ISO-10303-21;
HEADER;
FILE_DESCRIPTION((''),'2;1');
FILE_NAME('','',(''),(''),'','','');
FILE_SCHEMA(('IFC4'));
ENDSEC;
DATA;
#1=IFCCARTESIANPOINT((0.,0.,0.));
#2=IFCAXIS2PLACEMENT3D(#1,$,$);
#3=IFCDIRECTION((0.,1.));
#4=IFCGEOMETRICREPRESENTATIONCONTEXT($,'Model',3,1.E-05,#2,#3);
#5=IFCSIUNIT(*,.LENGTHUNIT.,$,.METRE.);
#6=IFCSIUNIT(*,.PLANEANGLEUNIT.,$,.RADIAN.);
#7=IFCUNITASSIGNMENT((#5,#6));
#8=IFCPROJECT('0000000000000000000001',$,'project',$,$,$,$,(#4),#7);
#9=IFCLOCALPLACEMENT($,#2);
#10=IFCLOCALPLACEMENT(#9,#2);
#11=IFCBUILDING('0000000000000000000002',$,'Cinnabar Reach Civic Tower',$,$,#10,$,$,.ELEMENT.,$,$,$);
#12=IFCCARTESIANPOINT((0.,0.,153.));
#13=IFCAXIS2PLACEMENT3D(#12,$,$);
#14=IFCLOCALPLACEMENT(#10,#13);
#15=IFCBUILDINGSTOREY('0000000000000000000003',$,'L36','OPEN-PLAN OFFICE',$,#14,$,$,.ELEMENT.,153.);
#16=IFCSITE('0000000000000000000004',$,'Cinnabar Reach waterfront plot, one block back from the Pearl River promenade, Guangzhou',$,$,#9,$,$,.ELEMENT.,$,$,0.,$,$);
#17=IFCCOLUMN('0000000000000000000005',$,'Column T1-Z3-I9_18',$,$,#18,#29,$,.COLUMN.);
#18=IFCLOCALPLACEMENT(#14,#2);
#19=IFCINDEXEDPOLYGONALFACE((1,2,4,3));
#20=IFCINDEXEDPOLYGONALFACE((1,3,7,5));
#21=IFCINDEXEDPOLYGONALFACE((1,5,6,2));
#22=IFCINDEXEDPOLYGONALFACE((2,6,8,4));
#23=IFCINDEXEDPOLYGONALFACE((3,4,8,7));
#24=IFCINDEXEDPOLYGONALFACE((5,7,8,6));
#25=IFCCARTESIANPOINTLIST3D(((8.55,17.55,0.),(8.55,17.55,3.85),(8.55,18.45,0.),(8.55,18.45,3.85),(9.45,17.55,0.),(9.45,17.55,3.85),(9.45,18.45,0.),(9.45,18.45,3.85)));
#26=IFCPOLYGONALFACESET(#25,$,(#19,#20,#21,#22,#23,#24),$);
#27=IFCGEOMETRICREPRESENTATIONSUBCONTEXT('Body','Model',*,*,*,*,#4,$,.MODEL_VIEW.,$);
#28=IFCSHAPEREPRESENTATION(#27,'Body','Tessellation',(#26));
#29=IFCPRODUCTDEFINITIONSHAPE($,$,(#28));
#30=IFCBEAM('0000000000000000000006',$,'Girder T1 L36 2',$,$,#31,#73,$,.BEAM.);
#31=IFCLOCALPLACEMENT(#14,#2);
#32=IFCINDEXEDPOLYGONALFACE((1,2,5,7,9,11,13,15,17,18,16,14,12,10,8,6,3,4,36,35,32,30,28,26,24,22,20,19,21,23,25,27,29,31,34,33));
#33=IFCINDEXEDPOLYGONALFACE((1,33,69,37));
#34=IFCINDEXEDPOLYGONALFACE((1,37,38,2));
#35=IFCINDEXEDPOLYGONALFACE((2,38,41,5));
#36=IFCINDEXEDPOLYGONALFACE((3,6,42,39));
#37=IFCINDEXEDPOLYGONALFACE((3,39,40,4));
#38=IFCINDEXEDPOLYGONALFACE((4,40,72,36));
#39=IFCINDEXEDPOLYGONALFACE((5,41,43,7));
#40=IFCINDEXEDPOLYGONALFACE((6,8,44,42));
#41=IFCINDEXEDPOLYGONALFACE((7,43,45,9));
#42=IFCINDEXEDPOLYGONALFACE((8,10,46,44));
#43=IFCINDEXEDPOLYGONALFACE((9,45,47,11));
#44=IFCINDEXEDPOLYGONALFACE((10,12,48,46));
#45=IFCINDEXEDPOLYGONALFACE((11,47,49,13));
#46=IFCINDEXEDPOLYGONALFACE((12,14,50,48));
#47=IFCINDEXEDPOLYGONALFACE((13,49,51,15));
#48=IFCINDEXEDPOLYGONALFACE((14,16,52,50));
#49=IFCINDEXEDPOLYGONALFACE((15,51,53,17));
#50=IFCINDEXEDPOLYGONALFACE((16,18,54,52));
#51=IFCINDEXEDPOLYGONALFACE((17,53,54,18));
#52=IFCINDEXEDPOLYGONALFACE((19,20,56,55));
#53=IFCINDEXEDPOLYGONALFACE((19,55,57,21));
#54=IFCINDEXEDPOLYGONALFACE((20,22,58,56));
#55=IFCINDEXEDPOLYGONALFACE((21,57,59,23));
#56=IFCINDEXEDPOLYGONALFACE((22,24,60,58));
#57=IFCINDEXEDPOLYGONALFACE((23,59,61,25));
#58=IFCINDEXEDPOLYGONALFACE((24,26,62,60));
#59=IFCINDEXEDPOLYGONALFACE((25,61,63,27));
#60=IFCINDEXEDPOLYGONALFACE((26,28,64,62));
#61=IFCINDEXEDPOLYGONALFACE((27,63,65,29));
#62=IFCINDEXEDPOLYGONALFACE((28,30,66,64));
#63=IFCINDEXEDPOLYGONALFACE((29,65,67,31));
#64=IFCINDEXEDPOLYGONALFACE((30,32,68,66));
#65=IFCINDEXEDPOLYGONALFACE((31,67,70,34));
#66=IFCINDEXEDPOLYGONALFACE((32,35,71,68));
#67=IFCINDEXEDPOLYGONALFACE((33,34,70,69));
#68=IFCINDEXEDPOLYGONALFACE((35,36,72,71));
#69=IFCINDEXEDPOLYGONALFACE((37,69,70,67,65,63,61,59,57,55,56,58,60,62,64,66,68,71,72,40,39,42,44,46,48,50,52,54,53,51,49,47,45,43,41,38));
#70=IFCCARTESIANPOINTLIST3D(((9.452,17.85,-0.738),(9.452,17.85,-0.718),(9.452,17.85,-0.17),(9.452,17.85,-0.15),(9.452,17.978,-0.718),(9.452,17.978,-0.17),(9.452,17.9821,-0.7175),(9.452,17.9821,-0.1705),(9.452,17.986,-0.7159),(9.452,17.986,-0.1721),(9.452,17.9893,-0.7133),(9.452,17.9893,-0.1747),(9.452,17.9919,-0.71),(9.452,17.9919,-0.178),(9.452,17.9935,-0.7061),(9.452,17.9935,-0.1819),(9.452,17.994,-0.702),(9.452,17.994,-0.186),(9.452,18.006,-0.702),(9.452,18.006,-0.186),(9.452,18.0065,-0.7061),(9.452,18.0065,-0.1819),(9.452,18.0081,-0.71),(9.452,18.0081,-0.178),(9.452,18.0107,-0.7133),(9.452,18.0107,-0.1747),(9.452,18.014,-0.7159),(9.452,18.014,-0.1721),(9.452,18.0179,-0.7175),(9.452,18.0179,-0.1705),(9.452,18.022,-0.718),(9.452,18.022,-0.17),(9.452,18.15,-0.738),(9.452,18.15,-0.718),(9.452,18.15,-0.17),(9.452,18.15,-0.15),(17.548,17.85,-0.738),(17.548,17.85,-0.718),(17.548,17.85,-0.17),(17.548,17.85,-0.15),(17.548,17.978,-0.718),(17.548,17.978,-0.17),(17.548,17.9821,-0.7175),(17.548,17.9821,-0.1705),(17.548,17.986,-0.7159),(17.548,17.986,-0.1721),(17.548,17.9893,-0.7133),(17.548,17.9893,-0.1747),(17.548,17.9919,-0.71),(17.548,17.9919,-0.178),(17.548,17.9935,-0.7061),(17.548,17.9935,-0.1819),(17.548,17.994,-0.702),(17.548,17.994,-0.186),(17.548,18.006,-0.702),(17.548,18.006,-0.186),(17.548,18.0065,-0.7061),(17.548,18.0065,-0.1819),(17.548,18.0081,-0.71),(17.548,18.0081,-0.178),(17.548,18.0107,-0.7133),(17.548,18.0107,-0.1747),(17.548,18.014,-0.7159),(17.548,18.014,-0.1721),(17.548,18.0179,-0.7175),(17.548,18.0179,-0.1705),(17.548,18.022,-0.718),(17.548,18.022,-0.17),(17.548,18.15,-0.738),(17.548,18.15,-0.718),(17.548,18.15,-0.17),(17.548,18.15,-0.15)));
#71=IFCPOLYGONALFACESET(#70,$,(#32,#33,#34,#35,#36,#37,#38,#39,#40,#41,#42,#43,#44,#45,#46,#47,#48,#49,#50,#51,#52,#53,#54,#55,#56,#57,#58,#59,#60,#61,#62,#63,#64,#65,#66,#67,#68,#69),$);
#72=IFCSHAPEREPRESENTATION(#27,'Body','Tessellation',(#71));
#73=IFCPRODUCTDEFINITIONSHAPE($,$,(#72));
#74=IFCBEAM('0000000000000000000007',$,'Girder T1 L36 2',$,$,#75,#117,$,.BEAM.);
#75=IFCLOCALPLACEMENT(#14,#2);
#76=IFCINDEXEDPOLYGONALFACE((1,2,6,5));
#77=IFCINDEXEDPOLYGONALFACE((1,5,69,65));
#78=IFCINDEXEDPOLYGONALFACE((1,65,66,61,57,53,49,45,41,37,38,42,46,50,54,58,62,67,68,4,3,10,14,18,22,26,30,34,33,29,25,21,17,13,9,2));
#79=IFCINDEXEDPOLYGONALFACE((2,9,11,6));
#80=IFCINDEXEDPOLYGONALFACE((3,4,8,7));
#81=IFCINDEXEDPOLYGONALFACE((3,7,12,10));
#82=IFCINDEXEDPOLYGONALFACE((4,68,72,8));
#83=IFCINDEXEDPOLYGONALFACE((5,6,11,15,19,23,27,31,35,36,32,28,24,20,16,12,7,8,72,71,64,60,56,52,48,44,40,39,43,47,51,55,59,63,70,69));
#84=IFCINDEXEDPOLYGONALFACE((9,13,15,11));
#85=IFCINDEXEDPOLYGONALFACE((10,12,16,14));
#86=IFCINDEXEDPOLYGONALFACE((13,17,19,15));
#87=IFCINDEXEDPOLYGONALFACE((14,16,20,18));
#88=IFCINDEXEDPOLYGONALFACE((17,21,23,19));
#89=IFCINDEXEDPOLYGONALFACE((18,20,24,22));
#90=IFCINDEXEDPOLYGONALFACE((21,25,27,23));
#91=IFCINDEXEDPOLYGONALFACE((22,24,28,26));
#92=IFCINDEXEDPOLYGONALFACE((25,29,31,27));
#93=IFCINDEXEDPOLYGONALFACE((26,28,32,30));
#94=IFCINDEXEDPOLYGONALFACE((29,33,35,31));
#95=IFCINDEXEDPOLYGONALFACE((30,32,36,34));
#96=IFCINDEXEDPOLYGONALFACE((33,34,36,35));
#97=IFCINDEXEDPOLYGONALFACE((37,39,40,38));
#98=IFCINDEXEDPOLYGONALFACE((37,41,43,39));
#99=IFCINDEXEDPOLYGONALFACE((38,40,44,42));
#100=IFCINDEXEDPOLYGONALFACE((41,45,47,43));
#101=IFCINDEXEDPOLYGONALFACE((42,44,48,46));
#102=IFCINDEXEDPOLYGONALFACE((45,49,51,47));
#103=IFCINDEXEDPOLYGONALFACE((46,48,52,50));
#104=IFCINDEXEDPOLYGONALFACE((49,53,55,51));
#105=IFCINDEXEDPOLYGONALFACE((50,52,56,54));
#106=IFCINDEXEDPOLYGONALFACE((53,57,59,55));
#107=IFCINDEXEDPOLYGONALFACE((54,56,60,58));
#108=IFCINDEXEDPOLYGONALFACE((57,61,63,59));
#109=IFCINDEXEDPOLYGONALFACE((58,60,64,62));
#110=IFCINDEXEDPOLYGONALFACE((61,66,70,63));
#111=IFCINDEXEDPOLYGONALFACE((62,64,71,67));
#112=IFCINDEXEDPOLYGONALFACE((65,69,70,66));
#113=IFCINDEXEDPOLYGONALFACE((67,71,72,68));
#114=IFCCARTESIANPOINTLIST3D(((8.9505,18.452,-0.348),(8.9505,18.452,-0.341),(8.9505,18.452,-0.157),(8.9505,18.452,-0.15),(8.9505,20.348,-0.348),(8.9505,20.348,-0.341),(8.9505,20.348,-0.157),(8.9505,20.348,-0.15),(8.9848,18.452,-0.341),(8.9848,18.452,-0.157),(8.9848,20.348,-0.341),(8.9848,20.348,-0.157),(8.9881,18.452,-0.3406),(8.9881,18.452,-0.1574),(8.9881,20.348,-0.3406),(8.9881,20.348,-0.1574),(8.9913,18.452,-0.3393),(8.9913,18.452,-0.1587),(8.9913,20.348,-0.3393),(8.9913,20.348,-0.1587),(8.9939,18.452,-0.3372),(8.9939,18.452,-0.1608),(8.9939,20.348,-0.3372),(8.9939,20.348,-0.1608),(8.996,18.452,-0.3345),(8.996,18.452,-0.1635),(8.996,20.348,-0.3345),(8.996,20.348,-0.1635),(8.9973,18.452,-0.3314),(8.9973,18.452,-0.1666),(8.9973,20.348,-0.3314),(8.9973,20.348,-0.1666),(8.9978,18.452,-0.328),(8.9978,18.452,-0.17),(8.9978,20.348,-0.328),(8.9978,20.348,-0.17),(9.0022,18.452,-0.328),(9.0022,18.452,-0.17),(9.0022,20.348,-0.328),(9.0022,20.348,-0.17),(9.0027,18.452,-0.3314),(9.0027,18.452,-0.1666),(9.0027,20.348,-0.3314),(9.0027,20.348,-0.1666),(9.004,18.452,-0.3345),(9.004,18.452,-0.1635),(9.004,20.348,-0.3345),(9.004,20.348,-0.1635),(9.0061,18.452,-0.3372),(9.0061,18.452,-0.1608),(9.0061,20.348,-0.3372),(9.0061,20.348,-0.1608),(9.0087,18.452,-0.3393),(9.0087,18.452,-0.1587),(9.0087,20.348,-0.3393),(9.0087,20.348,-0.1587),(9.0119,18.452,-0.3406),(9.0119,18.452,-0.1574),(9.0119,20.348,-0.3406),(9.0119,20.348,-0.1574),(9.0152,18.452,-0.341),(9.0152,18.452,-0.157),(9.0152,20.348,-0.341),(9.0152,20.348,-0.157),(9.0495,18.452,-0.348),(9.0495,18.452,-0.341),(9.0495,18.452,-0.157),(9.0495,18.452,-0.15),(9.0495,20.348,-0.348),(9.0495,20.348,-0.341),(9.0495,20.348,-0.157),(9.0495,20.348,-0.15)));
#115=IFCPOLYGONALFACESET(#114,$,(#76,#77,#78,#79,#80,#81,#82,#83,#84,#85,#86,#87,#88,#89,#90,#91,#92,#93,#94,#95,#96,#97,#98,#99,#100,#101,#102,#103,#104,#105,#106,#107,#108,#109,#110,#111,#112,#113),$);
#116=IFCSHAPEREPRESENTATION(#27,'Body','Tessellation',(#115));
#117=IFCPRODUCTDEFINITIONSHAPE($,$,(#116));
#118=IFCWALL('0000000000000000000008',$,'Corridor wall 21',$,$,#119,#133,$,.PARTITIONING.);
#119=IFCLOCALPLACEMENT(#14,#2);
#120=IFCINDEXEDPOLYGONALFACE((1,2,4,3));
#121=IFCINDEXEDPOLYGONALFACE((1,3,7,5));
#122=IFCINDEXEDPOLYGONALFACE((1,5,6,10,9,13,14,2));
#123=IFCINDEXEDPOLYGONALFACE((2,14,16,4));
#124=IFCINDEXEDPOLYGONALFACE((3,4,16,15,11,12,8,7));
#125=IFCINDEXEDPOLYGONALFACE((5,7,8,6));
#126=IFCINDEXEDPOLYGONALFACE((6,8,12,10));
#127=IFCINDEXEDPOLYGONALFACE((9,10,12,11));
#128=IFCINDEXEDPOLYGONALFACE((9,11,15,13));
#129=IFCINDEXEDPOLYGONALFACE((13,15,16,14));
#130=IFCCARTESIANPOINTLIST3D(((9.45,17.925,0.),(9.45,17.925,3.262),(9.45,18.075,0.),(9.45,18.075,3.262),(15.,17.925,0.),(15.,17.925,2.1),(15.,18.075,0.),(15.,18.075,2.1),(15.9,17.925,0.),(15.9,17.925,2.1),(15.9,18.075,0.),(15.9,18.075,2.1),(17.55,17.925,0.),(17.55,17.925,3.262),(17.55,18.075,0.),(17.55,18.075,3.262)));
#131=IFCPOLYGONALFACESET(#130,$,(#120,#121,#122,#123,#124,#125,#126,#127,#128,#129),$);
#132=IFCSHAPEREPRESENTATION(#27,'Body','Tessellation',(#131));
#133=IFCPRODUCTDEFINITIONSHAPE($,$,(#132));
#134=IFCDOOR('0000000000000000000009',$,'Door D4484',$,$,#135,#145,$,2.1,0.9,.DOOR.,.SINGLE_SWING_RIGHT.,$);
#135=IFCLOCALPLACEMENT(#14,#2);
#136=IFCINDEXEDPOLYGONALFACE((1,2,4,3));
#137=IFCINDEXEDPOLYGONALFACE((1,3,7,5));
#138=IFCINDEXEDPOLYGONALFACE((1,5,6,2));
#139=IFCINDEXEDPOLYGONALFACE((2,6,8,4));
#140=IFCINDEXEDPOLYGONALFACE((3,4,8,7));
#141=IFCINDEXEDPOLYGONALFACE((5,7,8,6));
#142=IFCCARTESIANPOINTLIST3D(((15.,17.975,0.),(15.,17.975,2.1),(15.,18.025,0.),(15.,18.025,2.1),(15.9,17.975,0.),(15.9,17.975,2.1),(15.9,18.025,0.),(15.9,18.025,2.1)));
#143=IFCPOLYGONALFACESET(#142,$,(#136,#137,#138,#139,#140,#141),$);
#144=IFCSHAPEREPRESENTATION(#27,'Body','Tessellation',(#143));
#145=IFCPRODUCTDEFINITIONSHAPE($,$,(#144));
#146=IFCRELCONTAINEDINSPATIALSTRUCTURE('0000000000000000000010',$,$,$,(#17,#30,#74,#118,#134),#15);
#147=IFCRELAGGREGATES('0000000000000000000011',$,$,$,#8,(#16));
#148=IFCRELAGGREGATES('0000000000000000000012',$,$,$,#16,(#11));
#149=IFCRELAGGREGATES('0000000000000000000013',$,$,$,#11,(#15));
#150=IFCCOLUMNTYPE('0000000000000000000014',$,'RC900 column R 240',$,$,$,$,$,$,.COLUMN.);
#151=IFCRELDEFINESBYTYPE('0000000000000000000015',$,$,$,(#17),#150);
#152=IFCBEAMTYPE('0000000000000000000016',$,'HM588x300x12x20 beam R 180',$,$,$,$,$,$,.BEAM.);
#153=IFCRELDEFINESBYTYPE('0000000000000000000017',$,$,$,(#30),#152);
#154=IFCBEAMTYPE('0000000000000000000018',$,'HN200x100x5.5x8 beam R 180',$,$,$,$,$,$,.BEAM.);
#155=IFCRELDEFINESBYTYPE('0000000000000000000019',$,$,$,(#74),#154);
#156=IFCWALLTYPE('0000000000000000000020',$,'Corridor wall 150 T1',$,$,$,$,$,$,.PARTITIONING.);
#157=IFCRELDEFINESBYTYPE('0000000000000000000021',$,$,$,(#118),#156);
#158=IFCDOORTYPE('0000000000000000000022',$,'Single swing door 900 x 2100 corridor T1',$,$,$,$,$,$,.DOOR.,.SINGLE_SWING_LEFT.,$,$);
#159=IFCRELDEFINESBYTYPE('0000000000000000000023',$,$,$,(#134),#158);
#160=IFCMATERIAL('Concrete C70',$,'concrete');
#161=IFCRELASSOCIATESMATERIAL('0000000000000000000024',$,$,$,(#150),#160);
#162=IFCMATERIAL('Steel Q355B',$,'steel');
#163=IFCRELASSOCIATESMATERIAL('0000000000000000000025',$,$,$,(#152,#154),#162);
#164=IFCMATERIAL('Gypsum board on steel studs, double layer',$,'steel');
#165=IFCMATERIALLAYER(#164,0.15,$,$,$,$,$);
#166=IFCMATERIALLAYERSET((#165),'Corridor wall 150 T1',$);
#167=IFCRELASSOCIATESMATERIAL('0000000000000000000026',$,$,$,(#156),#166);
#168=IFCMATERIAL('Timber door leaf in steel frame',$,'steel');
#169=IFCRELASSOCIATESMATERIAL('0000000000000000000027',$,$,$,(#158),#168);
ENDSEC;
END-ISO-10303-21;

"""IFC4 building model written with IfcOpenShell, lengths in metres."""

from ifc_helpers import new_model, si_unit, direction, frame, frame_2d, origin, origin_2d, place, context, subcontext, project, spatial, rectangle, i_section, extrude, material, layer, layer_set, material_profile, profile_set, type_object, element, fill, save


model = new_model("IFC4")

# Units and contexts
model_context = context("Model", 3, precision=1e-05, world=origin(), true_north=direction((0.0, 1.0)))
body_context = subcontext(model_context, "Body", "Model", "MODEL_VIEW")
ifc_project = project(units=[si_unit("LENGTHUNIT", "METRE"), si_unit("PLANEANGLEUNIT", "RADIAN")], contexts=[model_context])

# Site, building, storey
site_placement = place(None, origin())
site = spatial("IfcSite", under=ifc_project, at=site_placement, Name="Cinnabar Reach waterfront plot, one block back from the Pearl River promenade, Guangzhou", CompositionType="ELEMENT", RefElevation=0.0)
building_placement = place(site_placement, origin())
building = spatial("IfcBuilding", under=site, at=building_placement, Name="Cinnabar Reach Civic Tower", CompositionType="ELEMENT")
storey_placement = place(building_placement, frame((0.0, 0.0, 153.0)))
storey = spatial("IfcBuildingStorey", under=building, at=storey_placement, Name="L36", Description="OPEN-PLAN OFFICE", CompositionType="ELEMENT", Elevation=153.0)

# Column
ifc_material_1 = material(Name="Concrete C70", Category="concrete")
ifc_material_profile_1 = material_profile(ifc_material_1, rectangle(XDim=0.9, YDim=0.9, at=origin_2d()), Name="RC900")
ifc_profile_set_1 = profile_set([ifc_material_profile_1], Name="Concrete C70")
column_type = type_object("IfcColumnType", Name="RC900 column R 240", PredefinedType="COLUMN", material=ifc_profile_set_1)
column_placement = place(storey_placement, frame((9.0, 18.0, 0.0), z_axis=(0.0, 0.0, 1.0), x_axis=(1.0, 0.0, 0.0)))
element("IfcColumn", 1, at=column_placement, inside=storey, type_object=column_type, Name="Column T1-Z3-I9_18", PredefinedType="COLUMN", context=body_context, shape_type="SweptSolid", body=[
    extrude(rectangle(XDim=0.9, YDim=0.9, at=origin_2d()), origin(), (0.0, 0.0, 1.0), 3.85),
])

# Beams
ifc_material_2 = material(Name="Steel Q355B", Category="steel")
ifc_material_profile_2 = material_profile(ifc_material_2, i_section(OverallWidth=0.3, OverallDepth=0.588, WebThickness=0.012, FlangeThickness=0.02, FilletRadius=0.016, at=origin_2d()), Name="HM588x300x12x20")
ifc_profile_set_2 = profile_set([ifc_material_profile_2], Name="Steel Q355B")
beam_type_1 = type_object("IfcBeamType", Name="HM588x300x12x20 beam R 180", PredefinedType="BEAM", material=ifc_profile_set_2)
beam_1_placement = place(storey_placement, frame((9.452, 18.0, -0.444), z_axis=(1.0, 0.0, 0.0), x_axis=(0.0, 1.0, 0.0)))
element("IfcBeam", 2, at=beam_1_placement, inside=storey, type_object=beam_type_1, Name="Girder T1 L36 2", PredefinedType="BEAM", context=body_context, shape_type="SweptSolid", body=[
    extrude(i_section(OverallWidth=0.3, OverallDepth=0.588, WebThickness=0.012, FlangeThickness=0.02, FilletRadius=0.016, at=origin_2d()), origin(), (0.0, 0.0, 1.0), 8.096),
])
ifc_material_profile_3 = material_profile(ifc_material_2, i_section(OverallWidth=0.099, OverallDepth=0.198, WebThickness=0.0045, FlangeThickness=0.007, FilletRadius=0.013, at=origin_2d()), Name="HN200x100x5.5x8")
ifc_profile_set_3 = profile_set([ifc_material_profile_3], Name="Steel Q355B")
beam_type_2 = type_object("IfcBeamType", Name="HN200x100x5.5x8 beam R 180", PredefinedType="BEAM", material=ifc_profile_set_3)
beam_2_placement = place(storey_placement, frame((9.0, 18.452, -0.249), z_axis=(0.0, 1.0, 0.0), x_axis=(-1.0, 0.0, 0.0)))
element("IfcBeam", 3, at=beam_2_placement, inside=storey, type_object=beam_type_2, Name="Girder T1 L36 2", PredefinedType="BEAM", context=body_context, shape_type="SweptSolid", body=[
    extrude(i_section(OverallWidth=0.099, OverallDepth=0.198, WebThickness=0.0045, FlangeThickness=0.007, FilletRadius=0.013, at=origin_2d()), origin(), (0.0, 0.0, 1.0), 1.896),
])

# Wall, opening, door
ifc_material_3 = material(Name="Gypsum board on steel studs, double layer", Category="steel")
ifc_layer_1 = layer(ifc_material_3, 0.15)
ifc_layer_set_1 = layer_set([ifc_layer_1], Name="Corridor wall 150 T1")
wall_type_1 = type_object("IfcWallType", Name="Corridor wall 150 T1", PredefinedType="PARTITIONING", material=ifc_layer_set_1)
wall_1_placement = place(storey_placement, frame((9.45, 18.0, 0.0), z_axis=(0.0, 0.0, 1.0), x_axis=(1.0, 0.0, 0.0)))
wall_1 = element("IfcWall", 4, at=wall_1_placement, inside=storey, type_object=wall_type_1, Name="Corridor wall 21", PredefinedType="PARTITIONING", context=body_context, shape_type="SweptSolid", body=[
    extrude(rectangle(XDim=8.1, YDim=0.15, at=frame_2d((4.05, 0.0))), origin(), (0.0, 0.0, 1.0), 3.262),
])
opening_1_placement = place(wall_1_placement, frame((5.55, 0.0, 0.0)))
opening_1 = element("IfcOpeningElement", 5, at=opening_1_placement, cuts=wall_1, PredefinedType="OPENING", context=body_context, shape_type="SweptSolid", body=[
    extrude(rectangle(XDim=0.9, YDim=2.1, at=frame_2d((0.45, 1.05))), frame((0.0, 0.085, 0.0), z_axis=(0.0, -1.0, 0.0), x_axis=(1.0, 0.0, 0.0)), (0.0, 0.0, 1.0), 0.17),
])
ifc_material_4 = material(Name="Timber door leaf in steel frame", Category="steel")
door_type_1 = type_object("IfcDoorType", Name="Single swing door 900 x 2100 corridor T1", OperationType="SINGLE_SWING_LEFT", PredefinedType="DOOR", material=ifc_material_4)
door_1_placement = place(opening_1_placement, frame((0.9, 0.0, 0.0), z_axis=(0.0, 0.0, 1.0), x_axis=(-1.0, 0.0, 0.0)))
door_1 = element("IfcDoor", 6, at=door_1_placement, inside=storey, type_object=door_type_1, Name="Door D4484", OperationType="SINGLE_SWING_RIGHT", OverallHeight=2.1, OverallWidth=0.9, PredefinedType="DOOR", context=body_context, shape_type="SweptSolid", body=[
    extrude(rectangle(XDim=0.9, YDim=2.1, at=frame_2d((0.45, 1.05))), frame((0.0, 0.025, 0.0), z_axis=(0.0, -1.0, 0.0), x_axis=(1.0, 0.0, 0.0)), (0.0, 0.0, 1.0), 0.05),
])
fill(opening_1, door_1)

save(model, "model.ifc")
